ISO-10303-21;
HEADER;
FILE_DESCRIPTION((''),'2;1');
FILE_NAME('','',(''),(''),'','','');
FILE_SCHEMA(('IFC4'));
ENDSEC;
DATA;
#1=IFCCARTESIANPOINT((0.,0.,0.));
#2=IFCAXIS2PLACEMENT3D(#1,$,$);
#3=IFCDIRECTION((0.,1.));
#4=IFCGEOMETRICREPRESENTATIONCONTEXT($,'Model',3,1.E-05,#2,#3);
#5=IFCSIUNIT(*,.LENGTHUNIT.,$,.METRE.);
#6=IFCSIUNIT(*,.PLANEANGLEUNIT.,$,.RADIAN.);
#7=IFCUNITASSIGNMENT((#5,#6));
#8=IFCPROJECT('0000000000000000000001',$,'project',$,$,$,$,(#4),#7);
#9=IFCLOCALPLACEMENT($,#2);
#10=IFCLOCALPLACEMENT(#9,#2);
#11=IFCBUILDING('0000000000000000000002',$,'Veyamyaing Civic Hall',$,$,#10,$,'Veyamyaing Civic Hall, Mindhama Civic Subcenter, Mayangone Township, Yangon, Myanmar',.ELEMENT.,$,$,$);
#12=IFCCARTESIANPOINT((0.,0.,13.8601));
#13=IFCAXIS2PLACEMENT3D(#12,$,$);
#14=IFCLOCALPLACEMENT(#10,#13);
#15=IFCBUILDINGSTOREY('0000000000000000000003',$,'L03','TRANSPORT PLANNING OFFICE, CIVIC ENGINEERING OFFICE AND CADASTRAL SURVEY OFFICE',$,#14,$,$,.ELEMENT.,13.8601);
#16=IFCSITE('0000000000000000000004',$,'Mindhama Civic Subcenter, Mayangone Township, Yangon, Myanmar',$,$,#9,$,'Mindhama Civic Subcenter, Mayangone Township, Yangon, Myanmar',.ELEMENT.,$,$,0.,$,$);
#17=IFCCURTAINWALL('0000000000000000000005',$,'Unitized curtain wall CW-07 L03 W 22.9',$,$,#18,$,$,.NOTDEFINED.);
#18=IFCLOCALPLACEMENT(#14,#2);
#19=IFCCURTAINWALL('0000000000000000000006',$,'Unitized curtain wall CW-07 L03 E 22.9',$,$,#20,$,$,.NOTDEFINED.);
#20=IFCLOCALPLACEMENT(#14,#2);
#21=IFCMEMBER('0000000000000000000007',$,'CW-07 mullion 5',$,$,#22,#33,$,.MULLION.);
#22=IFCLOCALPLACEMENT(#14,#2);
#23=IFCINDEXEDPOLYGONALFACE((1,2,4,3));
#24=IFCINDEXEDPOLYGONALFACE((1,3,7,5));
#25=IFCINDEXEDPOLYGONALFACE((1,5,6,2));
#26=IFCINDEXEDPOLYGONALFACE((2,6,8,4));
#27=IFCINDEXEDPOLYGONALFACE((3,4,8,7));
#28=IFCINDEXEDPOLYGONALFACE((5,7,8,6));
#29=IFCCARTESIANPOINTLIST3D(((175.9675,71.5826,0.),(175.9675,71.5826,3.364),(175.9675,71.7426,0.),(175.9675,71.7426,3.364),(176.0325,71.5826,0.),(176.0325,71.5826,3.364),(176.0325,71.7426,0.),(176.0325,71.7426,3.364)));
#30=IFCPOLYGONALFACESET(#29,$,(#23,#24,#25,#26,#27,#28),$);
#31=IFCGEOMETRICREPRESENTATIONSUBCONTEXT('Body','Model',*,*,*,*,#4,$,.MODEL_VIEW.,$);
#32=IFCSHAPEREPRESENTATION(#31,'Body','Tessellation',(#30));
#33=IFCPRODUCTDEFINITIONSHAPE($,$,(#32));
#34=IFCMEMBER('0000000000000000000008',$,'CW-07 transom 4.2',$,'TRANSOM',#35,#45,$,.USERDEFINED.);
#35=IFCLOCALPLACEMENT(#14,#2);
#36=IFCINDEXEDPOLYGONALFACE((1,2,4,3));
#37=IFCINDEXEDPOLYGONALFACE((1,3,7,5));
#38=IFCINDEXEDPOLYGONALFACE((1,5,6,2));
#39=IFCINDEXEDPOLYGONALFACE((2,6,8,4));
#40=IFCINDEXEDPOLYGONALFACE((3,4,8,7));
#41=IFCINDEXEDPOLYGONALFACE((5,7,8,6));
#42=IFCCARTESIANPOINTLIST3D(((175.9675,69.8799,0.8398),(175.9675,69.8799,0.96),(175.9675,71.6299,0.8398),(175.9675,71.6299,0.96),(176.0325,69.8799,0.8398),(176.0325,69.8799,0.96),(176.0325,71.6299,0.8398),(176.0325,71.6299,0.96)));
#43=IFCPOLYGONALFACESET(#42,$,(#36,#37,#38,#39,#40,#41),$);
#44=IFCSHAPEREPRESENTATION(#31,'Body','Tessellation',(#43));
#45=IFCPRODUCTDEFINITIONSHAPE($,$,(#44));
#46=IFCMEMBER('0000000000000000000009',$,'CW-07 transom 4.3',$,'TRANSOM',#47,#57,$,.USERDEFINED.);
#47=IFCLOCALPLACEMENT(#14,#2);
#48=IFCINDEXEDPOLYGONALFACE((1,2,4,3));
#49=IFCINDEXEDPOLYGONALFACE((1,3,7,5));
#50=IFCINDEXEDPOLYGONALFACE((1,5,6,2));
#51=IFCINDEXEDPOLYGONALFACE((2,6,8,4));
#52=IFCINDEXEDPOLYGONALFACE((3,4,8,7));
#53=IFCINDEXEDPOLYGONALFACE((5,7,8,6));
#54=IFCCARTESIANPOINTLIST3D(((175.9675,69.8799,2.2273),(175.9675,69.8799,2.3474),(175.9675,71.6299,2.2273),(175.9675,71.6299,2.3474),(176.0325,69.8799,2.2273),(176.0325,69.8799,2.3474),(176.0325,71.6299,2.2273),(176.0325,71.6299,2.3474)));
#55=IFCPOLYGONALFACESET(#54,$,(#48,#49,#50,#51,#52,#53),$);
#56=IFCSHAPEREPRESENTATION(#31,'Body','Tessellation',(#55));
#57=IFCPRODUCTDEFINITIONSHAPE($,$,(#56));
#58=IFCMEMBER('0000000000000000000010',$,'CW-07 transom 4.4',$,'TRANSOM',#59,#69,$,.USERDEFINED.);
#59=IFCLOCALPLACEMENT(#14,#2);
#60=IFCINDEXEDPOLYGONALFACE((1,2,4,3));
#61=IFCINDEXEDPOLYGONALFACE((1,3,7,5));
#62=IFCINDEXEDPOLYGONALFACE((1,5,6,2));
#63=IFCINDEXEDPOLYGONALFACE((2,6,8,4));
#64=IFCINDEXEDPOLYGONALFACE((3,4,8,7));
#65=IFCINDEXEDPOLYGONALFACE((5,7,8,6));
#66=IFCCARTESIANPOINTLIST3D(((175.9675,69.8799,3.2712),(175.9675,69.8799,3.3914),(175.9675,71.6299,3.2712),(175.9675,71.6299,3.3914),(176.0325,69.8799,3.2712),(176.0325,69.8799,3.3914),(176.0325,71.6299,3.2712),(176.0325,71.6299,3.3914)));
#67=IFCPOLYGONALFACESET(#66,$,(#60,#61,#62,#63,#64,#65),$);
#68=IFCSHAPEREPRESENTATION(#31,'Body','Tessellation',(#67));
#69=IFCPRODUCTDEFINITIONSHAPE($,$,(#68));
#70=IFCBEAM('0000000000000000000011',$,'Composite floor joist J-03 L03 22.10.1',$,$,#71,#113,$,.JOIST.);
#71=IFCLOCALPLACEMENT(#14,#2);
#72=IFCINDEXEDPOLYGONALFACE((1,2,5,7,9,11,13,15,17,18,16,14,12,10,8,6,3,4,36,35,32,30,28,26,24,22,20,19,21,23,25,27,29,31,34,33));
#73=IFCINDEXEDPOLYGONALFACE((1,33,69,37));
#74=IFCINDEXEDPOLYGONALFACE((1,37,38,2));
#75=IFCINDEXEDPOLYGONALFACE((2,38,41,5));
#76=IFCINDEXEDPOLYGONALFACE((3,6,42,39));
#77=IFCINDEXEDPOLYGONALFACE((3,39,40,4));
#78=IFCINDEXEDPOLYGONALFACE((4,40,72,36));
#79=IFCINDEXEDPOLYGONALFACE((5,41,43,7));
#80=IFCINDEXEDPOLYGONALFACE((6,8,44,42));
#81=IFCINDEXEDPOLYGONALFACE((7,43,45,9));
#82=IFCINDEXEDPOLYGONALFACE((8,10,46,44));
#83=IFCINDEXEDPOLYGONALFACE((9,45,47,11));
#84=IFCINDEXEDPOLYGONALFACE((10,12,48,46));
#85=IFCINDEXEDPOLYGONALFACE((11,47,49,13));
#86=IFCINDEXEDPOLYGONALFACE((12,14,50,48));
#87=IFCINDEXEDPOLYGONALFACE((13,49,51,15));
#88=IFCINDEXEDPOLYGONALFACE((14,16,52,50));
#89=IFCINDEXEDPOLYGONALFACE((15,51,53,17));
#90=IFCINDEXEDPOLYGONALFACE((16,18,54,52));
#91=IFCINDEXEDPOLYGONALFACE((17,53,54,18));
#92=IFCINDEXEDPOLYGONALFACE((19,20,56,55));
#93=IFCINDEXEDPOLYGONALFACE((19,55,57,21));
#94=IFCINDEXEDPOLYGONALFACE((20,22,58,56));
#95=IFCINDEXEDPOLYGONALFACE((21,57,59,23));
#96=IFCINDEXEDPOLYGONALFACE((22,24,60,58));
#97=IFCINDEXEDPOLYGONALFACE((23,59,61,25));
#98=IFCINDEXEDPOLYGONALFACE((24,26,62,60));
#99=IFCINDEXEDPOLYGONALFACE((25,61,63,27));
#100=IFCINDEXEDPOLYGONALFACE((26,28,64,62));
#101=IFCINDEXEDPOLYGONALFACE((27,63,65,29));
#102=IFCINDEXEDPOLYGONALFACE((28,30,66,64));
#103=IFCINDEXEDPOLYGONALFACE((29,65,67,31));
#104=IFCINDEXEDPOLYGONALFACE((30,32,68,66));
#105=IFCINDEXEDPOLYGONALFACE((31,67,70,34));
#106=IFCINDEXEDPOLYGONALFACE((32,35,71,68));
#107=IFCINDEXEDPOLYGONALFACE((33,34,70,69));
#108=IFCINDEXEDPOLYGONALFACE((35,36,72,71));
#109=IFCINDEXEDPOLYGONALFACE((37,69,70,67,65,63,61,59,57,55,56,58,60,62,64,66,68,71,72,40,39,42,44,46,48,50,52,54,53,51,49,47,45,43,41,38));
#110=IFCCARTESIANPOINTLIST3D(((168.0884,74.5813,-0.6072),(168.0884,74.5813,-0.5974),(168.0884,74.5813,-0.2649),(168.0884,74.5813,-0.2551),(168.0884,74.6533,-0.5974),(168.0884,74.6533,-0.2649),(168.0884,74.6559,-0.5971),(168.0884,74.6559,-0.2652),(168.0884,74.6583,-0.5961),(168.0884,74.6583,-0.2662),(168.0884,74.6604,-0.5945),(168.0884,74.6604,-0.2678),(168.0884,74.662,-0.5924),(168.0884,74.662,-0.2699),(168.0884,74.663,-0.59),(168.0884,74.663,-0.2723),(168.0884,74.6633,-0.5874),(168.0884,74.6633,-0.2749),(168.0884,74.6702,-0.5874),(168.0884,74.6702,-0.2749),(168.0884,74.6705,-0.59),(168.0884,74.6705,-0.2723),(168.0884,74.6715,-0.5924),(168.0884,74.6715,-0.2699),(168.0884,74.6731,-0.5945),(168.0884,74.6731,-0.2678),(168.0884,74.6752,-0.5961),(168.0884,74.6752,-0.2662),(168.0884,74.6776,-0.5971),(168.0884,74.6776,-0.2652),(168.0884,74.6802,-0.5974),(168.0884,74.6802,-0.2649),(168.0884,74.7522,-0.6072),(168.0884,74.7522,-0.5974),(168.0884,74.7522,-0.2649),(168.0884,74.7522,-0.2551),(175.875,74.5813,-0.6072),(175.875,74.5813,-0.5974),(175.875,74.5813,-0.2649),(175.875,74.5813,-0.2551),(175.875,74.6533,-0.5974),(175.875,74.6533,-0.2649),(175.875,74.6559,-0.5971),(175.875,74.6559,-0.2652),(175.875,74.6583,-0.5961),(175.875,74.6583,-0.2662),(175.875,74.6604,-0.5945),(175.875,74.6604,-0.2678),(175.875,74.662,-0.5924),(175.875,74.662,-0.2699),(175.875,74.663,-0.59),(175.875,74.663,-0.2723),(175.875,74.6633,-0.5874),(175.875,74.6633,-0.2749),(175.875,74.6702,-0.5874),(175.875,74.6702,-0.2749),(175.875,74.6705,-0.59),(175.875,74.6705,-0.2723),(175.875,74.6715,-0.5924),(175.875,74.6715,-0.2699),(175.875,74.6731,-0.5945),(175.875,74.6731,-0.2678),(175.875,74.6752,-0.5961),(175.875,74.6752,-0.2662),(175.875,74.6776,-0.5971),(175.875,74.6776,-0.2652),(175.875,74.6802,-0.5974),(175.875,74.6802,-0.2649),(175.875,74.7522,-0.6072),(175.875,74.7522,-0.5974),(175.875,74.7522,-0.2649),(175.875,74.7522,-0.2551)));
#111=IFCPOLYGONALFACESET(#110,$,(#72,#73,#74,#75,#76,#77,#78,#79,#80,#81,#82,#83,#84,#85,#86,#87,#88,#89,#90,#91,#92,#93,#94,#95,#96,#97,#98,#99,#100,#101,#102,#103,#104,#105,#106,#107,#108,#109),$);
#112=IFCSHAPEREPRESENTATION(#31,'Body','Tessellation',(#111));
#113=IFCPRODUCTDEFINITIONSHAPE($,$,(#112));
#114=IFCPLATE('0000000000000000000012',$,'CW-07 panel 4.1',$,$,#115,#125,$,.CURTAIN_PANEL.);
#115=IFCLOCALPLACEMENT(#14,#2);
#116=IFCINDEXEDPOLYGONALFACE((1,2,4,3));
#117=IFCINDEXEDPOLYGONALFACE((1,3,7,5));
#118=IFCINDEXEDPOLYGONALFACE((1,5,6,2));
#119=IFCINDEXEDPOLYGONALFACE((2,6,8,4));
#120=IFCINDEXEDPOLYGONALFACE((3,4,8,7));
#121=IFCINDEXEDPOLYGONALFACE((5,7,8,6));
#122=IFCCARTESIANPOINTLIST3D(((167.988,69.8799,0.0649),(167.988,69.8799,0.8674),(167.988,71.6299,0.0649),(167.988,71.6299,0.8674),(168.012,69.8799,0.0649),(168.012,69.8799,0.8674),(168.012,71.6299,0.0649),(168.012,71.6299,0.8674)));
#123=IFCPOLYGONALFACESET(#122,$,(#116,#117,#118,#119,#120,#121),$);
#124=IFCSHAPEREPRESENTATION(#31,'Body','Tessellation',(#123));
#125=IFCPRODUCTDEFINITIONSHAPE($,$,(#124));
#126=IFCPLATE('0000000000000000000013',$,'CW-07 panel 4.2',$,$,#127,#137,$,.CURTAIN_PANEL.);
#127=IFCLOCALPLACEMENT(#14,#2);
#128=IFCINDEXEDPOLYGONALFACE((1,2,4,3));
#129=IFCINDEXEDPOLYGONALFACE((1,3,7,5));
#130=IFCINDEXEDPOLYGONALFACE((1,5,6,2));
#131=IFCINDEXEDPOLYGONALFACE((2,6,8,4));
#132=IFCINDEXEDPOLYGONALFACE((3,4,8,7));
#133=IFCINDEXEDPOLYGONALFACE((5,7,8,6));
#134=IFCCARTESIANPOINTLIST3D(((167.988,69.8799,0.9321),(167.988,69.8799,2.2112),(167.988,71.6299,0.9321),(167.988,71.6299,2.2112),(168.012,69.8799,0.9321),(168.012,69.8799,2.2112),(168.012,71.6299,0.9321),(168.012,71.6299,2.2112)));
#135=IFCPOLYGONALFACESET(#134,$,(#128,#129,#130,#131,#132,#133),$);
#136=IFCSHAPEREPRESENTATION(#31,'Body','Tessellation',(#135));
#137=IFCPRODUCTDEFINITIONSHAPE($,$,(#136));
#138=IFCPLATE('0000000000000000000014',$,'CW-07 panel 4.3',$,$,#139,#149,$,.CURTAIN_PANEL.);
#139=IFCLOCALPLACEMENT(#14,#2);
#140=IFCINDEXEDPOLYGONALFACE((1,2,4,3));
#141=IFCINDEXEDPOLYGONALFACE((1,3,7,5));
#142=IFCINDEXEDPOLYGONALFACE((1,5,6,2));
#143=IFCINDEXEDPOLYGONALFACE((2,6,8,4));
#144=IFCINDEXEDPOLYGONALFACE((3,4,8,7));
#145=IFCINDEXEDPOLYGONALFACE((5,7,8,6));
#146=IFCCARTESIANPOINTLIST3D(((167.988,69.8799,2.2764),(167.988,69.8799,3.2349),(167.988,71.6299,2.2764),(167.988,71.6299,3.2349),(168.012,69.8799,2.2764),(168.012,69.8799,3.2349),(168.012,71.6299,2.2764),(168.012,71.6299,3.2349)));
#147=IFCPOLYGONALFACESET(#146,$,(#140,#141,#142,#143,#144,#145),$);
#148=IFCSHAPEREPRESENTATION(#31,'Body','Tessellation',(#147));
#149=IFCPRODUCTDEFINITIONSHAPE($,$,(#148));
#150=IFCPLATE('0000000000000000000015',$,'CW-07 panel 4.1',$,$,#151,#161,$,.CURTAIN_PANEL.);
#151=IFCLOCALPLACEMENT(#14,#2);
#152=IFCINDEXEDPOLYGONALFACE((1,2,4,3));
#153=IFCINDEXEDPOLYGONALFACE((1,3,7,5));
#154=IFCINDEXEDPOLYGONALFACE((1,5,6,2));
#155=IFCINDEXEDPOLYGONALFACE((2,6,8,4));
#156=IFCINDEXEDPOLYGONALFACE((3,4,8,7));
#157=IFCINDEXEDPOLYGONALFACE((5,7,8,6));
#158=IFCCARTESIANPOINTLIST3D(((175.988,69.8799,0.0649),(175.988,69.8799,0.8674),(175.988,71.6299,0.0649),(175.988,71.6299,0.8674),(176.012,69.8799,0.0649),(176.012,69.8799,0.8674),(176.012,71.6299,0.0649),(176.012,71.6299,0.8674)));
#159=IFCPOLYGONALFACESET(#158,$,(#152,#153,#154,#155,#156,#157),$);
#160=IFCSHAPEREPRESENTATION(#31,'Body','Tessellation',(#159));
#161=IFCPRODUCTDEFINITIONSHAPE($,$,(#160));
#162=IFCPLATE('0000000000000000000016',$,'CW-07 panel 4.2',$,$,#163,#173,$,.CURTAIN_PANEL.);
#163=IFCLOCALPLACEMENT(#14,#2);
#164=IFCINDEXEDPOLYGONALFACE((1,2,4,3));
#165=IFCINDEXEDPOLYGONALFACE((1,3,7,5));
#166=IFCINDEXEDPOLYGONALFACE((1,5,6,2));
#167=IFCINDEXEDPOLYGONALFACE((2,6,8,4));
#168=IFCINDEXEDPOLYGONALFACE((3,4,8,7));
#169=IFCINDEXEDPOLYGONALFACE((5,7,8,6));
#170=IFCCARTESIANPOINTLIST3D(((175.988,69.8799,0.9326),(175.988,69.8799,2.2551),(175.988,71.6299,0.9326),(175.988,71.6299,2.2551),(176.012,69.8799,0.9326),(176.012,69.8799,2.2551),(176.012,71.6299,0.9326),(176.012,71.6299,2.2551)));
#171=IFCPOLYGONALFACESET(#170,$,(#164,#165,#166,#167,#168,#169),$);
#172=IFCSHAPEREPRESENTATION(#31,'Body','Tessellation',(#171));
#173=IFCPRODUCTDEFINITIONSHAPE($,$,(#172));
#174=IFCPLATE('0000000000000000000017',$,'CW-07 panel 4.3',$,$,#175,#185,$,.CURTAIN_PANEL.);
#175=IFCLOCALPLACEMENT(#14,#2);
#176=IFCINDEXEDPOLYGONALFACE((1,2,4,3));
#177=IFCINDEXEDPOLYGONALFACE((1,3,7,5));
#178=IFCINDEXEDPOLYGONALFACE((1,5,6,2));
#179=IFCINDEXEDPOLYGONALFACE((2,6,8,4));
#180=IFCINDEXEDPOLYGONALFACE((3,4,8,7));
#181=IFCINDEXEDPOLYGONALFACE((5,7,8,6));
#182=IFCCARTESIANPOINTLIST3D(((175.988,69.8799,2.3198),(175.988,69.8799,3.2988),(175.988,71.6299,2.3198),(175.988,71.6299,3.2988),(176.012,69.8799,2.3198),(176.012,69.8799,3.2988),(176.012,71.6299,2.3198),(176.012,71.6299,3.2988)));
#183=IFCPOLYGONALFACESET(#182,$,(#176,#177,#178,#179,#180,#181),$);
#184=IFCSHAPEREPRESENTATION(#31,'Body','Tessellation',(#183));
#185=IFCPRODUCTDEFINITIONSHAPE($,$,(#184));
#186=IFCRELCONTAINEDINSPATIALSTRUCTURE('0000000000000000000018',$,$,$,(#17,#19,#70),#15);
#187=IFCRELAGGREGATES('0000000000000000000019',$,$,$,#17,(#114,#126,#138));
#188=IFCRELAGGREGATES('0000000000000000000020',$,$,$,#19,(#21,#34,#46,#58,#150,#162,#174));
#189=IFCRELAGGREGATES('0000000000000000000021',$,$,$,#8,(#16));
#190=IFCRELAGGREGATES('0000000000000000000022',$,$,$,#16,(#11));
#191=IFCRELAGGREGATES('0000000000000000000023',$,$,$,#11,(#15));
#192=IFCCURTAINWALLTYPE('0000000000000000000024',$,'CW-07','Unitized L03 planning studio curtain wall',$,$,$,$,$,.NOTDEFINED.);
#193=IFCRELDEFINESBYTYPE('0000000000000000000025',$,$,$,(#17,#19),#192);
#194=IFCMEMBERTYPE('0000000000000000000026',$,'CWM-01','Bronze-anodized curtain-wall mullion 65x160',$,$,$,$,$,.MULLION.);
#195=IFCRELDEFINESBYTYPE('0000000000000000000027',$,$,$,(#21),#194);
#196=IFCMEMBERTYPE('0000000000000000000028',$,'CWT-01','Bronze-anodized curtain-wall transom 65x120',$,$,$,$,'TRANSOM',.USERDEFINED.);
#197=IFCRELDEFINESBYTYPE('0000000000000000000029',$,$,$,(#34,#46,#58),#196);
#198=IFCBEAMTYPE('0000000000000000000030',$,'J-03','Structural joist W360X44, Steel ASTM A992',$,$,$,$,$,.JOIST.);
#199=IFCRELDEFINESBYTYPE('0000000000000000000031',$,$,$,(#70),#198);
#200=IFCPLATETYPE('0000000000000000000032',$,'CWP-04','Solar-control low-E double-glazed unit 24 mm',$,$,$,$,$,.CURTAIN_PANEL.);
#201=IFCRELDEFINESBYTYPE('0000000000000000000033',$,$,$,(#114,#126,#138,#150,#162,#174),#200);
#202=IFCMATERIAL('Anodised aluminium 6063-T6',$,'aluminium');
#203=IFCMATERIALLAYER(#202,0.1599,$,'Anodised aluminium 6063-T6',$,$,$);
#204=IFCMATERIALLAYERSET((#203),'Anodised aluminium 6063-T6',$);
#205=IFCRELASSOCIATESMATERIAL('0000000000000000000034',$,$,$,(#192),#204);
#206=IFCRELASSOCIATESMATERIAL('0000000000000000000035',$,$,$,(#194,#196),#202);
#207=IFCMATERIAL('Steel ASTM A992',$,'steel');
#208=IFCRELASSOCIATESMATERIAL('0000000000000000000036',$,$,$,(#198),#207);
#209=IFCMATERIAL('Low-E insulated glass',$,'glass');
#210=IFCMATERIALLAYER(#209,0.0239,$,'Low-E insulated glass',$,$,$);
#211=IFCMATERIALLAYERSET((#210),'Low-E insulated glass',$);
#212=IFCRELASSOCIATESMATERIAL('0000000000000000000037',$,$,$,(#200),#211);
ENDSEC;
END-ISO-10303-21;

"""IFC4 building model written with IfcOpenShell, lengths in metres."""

from ifc_helpers import new_model, si_unit, direction, frame, origin, origin_2d, place, context, subcontext, project, spatial, rectangle, i_section, extrude, material, layer, layer_set, material_profile, profile_set, type_object, element, aggregate, save


model = new_model("IFC4")

# Units and contexts
model_context = context("Model", 3, precision=1e-05, world=origin(), true_north=direction((0.0, 1.0)))
body_context = subcontext(model_context, "Body", "Model", "MODEL_VIEW")
ifc_project = project(units=[si_unit("LENGTHUNIT", "METRE"), si_unit("PLANEANGLEUNIT", "RADIAN")], contexts=[model_context])

# Site, building, storey
site_placement = place(None, origin())
site = spatial("IfcSite", under=ifc_project, at=site_placement, Name="Mindhama Civic Subcenter, Mayangone Township, Yangon, Myanmar", LongName="Mindhama Civic Subcenter, Mayangone Township, Yangon, Myanmar", CompositionType="ELEMENT", RefElevation=0.0)
building_placement = place(site_placement, origin())
building = spatial("IfcBuilding", under=site, at=building_placement, Name="Veyamyaing Civic Hall", LongName="Veyamyaing Civic Hall, Mindhama Civic Subcenter, Mayangone Township, Yangon, Myanmar", CompositionType="ELEMENT")
storey_placement = place(building_placement, frame((0.0, 0.0, 13.8601)))
storey = spatial("IfcBuildingStorey", under=building, at=storey_placement, Name="L03", Description="TRANSPORT PLANNING OFFICE, CIVIC ENGINEERING OFFICE AND CADASTRAL SURVEY OFFICE", CompositionType="ELEMENT", Elevation=13.8601)

# Shared definitions
ifc_material_1 = material(Name="Steel ASTM A992", Category="steel")

# Curtain wall
ifc_material_2 = material(Name="Anodised aluminium 6063-T6", Category="aluminium")
ifc_layer_1 = layer(ifc_material_2, 0.1599, Name="Anodised aluminium 6063-T6")
ifc_layer_set_1 = layer_set([ifc_layer_1], Name="Anodised aluminium 6063-T6")
curtain_wall_type = type_object("IfcCurtainWallType", Name="CW-07", Description="Unitized L03 planning studio curtain wall", PredefinedType="NOTDEFINED", material=ifc_layer_set_1)
curtain_wall_1_placement = place(storey_placement, origin())
curtain_wall_1 = element("IfcCurtainWall", 1, at=curtain_wall_1_placement, inside=storey, type_object=curtain_wall_type, Name="Unitized curtain wall CW-07 L03 W 22.9", PredefinedType="NOTDEFINED")
ifc_material_profile_1 = material_profile(ifc_material_2, rectangle(XDim=0.0649, YDim=0.1599, at=origin_2d()), Name="ALU-MUL-65X160")
ifc_profile_set_1 = profile_set([ifc_material_profile_1], Name="Anodised aluminium 6063-T6")
member_type_1 = type_object("IfcMemberType", Name="CWM-01", Description="Bronze-anodized curtain-wall mullion 65x160", PredefinedType="MULLION", material=ifc_profile_set_1)

# Curtain wall, members
curtain_wall_2_placement = place(storey_placement, origin())
curtain_wall_2 = element("IfcCurtainWall", 2, at=curtain_wall_2_placement, inside=storey, type_object=curtain_wall_type, Name="Unitized curtain wall CW-07 L03 E 22.9", PredefinedType="NOTDEFINED")
member_1_placement = place(storey_placement, frame((176.0, 71.6626, 0.0), z_axis=(0.0, 0.0, 1.0), x_axis=(-1.0, 0.0, 0.0)))
member_1 = element("IfcMember", 3, at=member_1_placement, type_object=member_type_1, Name="CW-07 mullion 5", PredefinedType="MULLION", context=body_context, shape_type="SweptSolid", body=[
    extrude(rectangle(XDim=0.0649, YDim=0.1599, at=origin_2d()), origin(), (0.0, 0.0, 1.0), 3.364),
])
ifc_material_profile_2 = material_profile(ifc_material_2, rectangle(XDim=0.0649, YDim=0.1201, at=origin_2d()), Name="ALU-TRN-65X120")
ifc_profile_set_2 = profile_set([ifc_material_profile_2], Name="Anodised aluminium 6063-T6")
member_type_2 = type_object("IfcMemberType", Name="CWT-01", Description="Bronze-anodized curtain-wall transom 65x120", ElementType="TRANSOM", PredefinedType="USERDEFINED", material=ifc_profile_set_2)
member_2_placement = place(storey_placement, frame((176.0, 69.8799, 0.8999), z_axis=(0.0, 1.0, 0.0), x_axis=(-1.0, 0.0, 0.0)))
member_2 = element("IfcMember", 4, at=member_2_placement, type_object=member_type_2, Name="CW-07 transom 4.2", ObjectType="TRANSOM", PredefinedType="USERDEFINED", context=body_context, shape_type="SweptSolid", body=[
    extrude(rectangle(XDim=0.0649, YDim=0.1201, at=origin_2d()), origin(), (0.0, 0.0, 1.0), 1.75),
])
member_3_placement = place(storey_placement, frame((176.0, 69.8799, 2.2874), z_axis=(0.0, 1.0, 0.0), x_axis=(-1.0, 0.0, 0.0)))
member_3 = element("IfcMember", 5, at=member_3_placement, type_object=member_type_2, Name="CW-07 transom 4.3", ObjectType="TRANSOM", PredefinedType="USERDEFINED", context=body_context, shape_type="SweptSolid", body=[
    extrude(rectangle(XDim=0.0649, YDim=0.1201, at=origin_2d()), origin(), (0.0, 0.0, 1.0), 1.75),
])
member_4_placement = place(storey_placement, frame((176.0, 69.8799, 3.3313), z_axis=(0.0, 1.0, 0.0), x_axis=(-1.0, 0.0, 0.0)))
member_4 = element("IfcMember", 6, at=member_4_placement, type_object=member_type_2, Name="CW-07 transom 4.4", ObjectType="TRANSOM", PredefinedType="USERDEFINED", context=body_context, shape_type="SweptSolid", body=[
    extrude(rectangle(XDim=0.0649, YDim=0.1201, at=origin_2d()), origin(), (0.0, 0.0, 1.0), 1.75),
])

# Beam
ifc_material_profile_3 = material_profile(ifc_material_1, i_section(OverallWidth=0.1709, OverallDepth=0.3521, WebThickness=0.0068, FlangeThickness=0.0098, FilletRadius=0.01, at=origin_2d()), Name="W360X44")
ifc_profile_set_3 = profile_set([ifc_material_profile_3], Name="Steel ASTM A992")
beam_type_1 = type_object("IfcBeamType", Name="J-03", Description="Structural joist W360X44, Steel ASTM A992", PredefinedType="JOIST", material=ifc_profile_set_3)
beam_1_placement = place(storey_placement, frame((168.0884, 74.6667, -0.4312), z_axis=(1.0, 0.0, 0.0), x_axis=(0.0, 1.0, 0.0)))
element("IfcBeam", 7, at=beam_1_placement, inside=storey, type_object=beam_type_1, Name="Composite floor joist J-03 L03 22.10.1", PredefinedType="JOIST", context=body_context, shape_type="SweptSolid", body=[
    extrude(i_section(OverallWidth=0.1709, OverallDepth=0.3521, WebThickness=0.0068, FlangeThickness=0.0098, FilletRadius=0.01, at=origin_2d()), origin(), (0.0, 0.0, 1.0), 7.7866),
])

# Plates
ifc_material_3 = material(Name="Low-E insulated glass", Category="glass")
ifc_layer_2 = layer(ifc_material_3, 0.0239, Name="Low-E insulated glass")
ifc_layer_set_2 = layer_set([ifc_layer_2], Name="Low-E insulated glass")
plate_type = type_object("IfcPlateType", Name="CWP-04", Description="Solar-control low-E double-glazed unit 24 mm", PredefinedType="CURTAIN_PANEL", material=ifc_layer_set_2)
plate_1_placement = place(storey_placement, frame((168.0, 70.7549, 0.0649), z_axis=(0.0, 0.0, 1.0), x_axis=(0.0, 1.0, 0.0)))
plate_1 = element("IfcPlate", 8, at=plate_1_placement, type_object=plate_type, Name="CW-07 panel 4.1", PredefinedType="CURTAIN_PANEL", context=body_context, shape_type="SweptSolid", body=[
    extrude(rectangle(XDim=1.75, YDim=0.0239, at=origin_2d()), origin(), (0.0, 0.0, 1.0), 0.8025),
])
plate_2_placement = place(storey_placement, frame((168.0, 70.7549, 0.9321), z_axis=(0.0, 0.0, 1.0), x_axis=(0.0, 1.0, 0.0)))
plate_2 = element("IfcPlate", 9, at=plate_2_placement, type_object=plate_type, Name="CW-07 panel 4.2", PredefinedType="CURTAIN_PANEL", context=body_context, shape_type="SweptSolid", body=[
    extrude(rectangle(XDim=1.75, YDim=0.0239, at=origin_2d()), origin(), (0.0, 0.0, 1.0), 1.2791),
])
plate_3_placement = place(storey_placement, frame((168.0, 70.7549, 2.2764), z_axis=(0.0, 0.0, 1.0), x_axis=(0.0, 1.0, 0.0)))
plate_3 = element("IfcPlate", 10, at=plate_3_placement, type_object=plate_type, Name="CW-07 panel 4.3", PredefinedType="CURTAIN_PANEL", context=body_context, shape_type="SweptSolid", body=[
    extrude(rectangle(XDim=1.75, YDim=0.0239, at=origin_2d()), origin(), (0.0, 0.0, 1.0), 0.9585),
])
aggregate(curtain_wall_1, [plate_1, plate_2, plate_3])
plate_4_placement = place(storey_placement, frame((176.0, 70.7549, 0.0649), z_axis=(0.0, 0.0, 1.0), x_axis=(0.0, 1.0, 0.0)))
plate_4 = element("IfcPlate", 11, at=plate_4_placement, type_object=plate_type, Name="CW-07 panel 4.1", PredefinedType="CURTAIN_PANEL", context=body_context, shape_type="SweptSolid", body=[
    extrude(rectangle(XDim=1.75, YDim=0.0239, at=origin_2d()), origin(), (0.0, 0.0, 1.0), 0.8025),
])
plate_5_placement = place(storey_placement, frame((176.0, 70.7549, 0.9326), z_axis=(0.0, 0.0, 1.0), x_axis=(0.0, 1.0, 0.0)))
plate_5 = element("IfcPlate", 12, at=plate_5_placement, type_object=plate_type, Name="CW-07 panel 4.2", PredefinedType="CURTAIN_PANEL", context=body_context, shape_type="SweptSolid", body=[
    extrude(rectangle(XDim=1.75, YDim=0.0239, at=origin_2d()), origin(), (0.0, 0.0, 1.0), 1.3225),
])
plate_6_placement = place(storey_placement, frame((176.0, 70.7549, 2.3198), z_axis=(0.0, 0.0, 1.0), x_axis=(0.0, 1.0, 0.0)))
plate_6 = element("IfcPlate", 13, at=plate_6_placement, type_object=plate_type, Name="CW-07 panel 4.3", PredefinedType="CURTAIN_PANEL", context=body_context, shape_type="SweptSolid", body=[
    extrude(rectangle(XDim=1.75, YDim=0.0239, at=origin_2d()), origin(), (0.0, 0.0, 1.0), 0.979),
])
aggregate(curtain_wall_2, [member_1, member_2, member_3, member_4, plate_4, plate_5, plate_6])

save(model, "model.ifc")
